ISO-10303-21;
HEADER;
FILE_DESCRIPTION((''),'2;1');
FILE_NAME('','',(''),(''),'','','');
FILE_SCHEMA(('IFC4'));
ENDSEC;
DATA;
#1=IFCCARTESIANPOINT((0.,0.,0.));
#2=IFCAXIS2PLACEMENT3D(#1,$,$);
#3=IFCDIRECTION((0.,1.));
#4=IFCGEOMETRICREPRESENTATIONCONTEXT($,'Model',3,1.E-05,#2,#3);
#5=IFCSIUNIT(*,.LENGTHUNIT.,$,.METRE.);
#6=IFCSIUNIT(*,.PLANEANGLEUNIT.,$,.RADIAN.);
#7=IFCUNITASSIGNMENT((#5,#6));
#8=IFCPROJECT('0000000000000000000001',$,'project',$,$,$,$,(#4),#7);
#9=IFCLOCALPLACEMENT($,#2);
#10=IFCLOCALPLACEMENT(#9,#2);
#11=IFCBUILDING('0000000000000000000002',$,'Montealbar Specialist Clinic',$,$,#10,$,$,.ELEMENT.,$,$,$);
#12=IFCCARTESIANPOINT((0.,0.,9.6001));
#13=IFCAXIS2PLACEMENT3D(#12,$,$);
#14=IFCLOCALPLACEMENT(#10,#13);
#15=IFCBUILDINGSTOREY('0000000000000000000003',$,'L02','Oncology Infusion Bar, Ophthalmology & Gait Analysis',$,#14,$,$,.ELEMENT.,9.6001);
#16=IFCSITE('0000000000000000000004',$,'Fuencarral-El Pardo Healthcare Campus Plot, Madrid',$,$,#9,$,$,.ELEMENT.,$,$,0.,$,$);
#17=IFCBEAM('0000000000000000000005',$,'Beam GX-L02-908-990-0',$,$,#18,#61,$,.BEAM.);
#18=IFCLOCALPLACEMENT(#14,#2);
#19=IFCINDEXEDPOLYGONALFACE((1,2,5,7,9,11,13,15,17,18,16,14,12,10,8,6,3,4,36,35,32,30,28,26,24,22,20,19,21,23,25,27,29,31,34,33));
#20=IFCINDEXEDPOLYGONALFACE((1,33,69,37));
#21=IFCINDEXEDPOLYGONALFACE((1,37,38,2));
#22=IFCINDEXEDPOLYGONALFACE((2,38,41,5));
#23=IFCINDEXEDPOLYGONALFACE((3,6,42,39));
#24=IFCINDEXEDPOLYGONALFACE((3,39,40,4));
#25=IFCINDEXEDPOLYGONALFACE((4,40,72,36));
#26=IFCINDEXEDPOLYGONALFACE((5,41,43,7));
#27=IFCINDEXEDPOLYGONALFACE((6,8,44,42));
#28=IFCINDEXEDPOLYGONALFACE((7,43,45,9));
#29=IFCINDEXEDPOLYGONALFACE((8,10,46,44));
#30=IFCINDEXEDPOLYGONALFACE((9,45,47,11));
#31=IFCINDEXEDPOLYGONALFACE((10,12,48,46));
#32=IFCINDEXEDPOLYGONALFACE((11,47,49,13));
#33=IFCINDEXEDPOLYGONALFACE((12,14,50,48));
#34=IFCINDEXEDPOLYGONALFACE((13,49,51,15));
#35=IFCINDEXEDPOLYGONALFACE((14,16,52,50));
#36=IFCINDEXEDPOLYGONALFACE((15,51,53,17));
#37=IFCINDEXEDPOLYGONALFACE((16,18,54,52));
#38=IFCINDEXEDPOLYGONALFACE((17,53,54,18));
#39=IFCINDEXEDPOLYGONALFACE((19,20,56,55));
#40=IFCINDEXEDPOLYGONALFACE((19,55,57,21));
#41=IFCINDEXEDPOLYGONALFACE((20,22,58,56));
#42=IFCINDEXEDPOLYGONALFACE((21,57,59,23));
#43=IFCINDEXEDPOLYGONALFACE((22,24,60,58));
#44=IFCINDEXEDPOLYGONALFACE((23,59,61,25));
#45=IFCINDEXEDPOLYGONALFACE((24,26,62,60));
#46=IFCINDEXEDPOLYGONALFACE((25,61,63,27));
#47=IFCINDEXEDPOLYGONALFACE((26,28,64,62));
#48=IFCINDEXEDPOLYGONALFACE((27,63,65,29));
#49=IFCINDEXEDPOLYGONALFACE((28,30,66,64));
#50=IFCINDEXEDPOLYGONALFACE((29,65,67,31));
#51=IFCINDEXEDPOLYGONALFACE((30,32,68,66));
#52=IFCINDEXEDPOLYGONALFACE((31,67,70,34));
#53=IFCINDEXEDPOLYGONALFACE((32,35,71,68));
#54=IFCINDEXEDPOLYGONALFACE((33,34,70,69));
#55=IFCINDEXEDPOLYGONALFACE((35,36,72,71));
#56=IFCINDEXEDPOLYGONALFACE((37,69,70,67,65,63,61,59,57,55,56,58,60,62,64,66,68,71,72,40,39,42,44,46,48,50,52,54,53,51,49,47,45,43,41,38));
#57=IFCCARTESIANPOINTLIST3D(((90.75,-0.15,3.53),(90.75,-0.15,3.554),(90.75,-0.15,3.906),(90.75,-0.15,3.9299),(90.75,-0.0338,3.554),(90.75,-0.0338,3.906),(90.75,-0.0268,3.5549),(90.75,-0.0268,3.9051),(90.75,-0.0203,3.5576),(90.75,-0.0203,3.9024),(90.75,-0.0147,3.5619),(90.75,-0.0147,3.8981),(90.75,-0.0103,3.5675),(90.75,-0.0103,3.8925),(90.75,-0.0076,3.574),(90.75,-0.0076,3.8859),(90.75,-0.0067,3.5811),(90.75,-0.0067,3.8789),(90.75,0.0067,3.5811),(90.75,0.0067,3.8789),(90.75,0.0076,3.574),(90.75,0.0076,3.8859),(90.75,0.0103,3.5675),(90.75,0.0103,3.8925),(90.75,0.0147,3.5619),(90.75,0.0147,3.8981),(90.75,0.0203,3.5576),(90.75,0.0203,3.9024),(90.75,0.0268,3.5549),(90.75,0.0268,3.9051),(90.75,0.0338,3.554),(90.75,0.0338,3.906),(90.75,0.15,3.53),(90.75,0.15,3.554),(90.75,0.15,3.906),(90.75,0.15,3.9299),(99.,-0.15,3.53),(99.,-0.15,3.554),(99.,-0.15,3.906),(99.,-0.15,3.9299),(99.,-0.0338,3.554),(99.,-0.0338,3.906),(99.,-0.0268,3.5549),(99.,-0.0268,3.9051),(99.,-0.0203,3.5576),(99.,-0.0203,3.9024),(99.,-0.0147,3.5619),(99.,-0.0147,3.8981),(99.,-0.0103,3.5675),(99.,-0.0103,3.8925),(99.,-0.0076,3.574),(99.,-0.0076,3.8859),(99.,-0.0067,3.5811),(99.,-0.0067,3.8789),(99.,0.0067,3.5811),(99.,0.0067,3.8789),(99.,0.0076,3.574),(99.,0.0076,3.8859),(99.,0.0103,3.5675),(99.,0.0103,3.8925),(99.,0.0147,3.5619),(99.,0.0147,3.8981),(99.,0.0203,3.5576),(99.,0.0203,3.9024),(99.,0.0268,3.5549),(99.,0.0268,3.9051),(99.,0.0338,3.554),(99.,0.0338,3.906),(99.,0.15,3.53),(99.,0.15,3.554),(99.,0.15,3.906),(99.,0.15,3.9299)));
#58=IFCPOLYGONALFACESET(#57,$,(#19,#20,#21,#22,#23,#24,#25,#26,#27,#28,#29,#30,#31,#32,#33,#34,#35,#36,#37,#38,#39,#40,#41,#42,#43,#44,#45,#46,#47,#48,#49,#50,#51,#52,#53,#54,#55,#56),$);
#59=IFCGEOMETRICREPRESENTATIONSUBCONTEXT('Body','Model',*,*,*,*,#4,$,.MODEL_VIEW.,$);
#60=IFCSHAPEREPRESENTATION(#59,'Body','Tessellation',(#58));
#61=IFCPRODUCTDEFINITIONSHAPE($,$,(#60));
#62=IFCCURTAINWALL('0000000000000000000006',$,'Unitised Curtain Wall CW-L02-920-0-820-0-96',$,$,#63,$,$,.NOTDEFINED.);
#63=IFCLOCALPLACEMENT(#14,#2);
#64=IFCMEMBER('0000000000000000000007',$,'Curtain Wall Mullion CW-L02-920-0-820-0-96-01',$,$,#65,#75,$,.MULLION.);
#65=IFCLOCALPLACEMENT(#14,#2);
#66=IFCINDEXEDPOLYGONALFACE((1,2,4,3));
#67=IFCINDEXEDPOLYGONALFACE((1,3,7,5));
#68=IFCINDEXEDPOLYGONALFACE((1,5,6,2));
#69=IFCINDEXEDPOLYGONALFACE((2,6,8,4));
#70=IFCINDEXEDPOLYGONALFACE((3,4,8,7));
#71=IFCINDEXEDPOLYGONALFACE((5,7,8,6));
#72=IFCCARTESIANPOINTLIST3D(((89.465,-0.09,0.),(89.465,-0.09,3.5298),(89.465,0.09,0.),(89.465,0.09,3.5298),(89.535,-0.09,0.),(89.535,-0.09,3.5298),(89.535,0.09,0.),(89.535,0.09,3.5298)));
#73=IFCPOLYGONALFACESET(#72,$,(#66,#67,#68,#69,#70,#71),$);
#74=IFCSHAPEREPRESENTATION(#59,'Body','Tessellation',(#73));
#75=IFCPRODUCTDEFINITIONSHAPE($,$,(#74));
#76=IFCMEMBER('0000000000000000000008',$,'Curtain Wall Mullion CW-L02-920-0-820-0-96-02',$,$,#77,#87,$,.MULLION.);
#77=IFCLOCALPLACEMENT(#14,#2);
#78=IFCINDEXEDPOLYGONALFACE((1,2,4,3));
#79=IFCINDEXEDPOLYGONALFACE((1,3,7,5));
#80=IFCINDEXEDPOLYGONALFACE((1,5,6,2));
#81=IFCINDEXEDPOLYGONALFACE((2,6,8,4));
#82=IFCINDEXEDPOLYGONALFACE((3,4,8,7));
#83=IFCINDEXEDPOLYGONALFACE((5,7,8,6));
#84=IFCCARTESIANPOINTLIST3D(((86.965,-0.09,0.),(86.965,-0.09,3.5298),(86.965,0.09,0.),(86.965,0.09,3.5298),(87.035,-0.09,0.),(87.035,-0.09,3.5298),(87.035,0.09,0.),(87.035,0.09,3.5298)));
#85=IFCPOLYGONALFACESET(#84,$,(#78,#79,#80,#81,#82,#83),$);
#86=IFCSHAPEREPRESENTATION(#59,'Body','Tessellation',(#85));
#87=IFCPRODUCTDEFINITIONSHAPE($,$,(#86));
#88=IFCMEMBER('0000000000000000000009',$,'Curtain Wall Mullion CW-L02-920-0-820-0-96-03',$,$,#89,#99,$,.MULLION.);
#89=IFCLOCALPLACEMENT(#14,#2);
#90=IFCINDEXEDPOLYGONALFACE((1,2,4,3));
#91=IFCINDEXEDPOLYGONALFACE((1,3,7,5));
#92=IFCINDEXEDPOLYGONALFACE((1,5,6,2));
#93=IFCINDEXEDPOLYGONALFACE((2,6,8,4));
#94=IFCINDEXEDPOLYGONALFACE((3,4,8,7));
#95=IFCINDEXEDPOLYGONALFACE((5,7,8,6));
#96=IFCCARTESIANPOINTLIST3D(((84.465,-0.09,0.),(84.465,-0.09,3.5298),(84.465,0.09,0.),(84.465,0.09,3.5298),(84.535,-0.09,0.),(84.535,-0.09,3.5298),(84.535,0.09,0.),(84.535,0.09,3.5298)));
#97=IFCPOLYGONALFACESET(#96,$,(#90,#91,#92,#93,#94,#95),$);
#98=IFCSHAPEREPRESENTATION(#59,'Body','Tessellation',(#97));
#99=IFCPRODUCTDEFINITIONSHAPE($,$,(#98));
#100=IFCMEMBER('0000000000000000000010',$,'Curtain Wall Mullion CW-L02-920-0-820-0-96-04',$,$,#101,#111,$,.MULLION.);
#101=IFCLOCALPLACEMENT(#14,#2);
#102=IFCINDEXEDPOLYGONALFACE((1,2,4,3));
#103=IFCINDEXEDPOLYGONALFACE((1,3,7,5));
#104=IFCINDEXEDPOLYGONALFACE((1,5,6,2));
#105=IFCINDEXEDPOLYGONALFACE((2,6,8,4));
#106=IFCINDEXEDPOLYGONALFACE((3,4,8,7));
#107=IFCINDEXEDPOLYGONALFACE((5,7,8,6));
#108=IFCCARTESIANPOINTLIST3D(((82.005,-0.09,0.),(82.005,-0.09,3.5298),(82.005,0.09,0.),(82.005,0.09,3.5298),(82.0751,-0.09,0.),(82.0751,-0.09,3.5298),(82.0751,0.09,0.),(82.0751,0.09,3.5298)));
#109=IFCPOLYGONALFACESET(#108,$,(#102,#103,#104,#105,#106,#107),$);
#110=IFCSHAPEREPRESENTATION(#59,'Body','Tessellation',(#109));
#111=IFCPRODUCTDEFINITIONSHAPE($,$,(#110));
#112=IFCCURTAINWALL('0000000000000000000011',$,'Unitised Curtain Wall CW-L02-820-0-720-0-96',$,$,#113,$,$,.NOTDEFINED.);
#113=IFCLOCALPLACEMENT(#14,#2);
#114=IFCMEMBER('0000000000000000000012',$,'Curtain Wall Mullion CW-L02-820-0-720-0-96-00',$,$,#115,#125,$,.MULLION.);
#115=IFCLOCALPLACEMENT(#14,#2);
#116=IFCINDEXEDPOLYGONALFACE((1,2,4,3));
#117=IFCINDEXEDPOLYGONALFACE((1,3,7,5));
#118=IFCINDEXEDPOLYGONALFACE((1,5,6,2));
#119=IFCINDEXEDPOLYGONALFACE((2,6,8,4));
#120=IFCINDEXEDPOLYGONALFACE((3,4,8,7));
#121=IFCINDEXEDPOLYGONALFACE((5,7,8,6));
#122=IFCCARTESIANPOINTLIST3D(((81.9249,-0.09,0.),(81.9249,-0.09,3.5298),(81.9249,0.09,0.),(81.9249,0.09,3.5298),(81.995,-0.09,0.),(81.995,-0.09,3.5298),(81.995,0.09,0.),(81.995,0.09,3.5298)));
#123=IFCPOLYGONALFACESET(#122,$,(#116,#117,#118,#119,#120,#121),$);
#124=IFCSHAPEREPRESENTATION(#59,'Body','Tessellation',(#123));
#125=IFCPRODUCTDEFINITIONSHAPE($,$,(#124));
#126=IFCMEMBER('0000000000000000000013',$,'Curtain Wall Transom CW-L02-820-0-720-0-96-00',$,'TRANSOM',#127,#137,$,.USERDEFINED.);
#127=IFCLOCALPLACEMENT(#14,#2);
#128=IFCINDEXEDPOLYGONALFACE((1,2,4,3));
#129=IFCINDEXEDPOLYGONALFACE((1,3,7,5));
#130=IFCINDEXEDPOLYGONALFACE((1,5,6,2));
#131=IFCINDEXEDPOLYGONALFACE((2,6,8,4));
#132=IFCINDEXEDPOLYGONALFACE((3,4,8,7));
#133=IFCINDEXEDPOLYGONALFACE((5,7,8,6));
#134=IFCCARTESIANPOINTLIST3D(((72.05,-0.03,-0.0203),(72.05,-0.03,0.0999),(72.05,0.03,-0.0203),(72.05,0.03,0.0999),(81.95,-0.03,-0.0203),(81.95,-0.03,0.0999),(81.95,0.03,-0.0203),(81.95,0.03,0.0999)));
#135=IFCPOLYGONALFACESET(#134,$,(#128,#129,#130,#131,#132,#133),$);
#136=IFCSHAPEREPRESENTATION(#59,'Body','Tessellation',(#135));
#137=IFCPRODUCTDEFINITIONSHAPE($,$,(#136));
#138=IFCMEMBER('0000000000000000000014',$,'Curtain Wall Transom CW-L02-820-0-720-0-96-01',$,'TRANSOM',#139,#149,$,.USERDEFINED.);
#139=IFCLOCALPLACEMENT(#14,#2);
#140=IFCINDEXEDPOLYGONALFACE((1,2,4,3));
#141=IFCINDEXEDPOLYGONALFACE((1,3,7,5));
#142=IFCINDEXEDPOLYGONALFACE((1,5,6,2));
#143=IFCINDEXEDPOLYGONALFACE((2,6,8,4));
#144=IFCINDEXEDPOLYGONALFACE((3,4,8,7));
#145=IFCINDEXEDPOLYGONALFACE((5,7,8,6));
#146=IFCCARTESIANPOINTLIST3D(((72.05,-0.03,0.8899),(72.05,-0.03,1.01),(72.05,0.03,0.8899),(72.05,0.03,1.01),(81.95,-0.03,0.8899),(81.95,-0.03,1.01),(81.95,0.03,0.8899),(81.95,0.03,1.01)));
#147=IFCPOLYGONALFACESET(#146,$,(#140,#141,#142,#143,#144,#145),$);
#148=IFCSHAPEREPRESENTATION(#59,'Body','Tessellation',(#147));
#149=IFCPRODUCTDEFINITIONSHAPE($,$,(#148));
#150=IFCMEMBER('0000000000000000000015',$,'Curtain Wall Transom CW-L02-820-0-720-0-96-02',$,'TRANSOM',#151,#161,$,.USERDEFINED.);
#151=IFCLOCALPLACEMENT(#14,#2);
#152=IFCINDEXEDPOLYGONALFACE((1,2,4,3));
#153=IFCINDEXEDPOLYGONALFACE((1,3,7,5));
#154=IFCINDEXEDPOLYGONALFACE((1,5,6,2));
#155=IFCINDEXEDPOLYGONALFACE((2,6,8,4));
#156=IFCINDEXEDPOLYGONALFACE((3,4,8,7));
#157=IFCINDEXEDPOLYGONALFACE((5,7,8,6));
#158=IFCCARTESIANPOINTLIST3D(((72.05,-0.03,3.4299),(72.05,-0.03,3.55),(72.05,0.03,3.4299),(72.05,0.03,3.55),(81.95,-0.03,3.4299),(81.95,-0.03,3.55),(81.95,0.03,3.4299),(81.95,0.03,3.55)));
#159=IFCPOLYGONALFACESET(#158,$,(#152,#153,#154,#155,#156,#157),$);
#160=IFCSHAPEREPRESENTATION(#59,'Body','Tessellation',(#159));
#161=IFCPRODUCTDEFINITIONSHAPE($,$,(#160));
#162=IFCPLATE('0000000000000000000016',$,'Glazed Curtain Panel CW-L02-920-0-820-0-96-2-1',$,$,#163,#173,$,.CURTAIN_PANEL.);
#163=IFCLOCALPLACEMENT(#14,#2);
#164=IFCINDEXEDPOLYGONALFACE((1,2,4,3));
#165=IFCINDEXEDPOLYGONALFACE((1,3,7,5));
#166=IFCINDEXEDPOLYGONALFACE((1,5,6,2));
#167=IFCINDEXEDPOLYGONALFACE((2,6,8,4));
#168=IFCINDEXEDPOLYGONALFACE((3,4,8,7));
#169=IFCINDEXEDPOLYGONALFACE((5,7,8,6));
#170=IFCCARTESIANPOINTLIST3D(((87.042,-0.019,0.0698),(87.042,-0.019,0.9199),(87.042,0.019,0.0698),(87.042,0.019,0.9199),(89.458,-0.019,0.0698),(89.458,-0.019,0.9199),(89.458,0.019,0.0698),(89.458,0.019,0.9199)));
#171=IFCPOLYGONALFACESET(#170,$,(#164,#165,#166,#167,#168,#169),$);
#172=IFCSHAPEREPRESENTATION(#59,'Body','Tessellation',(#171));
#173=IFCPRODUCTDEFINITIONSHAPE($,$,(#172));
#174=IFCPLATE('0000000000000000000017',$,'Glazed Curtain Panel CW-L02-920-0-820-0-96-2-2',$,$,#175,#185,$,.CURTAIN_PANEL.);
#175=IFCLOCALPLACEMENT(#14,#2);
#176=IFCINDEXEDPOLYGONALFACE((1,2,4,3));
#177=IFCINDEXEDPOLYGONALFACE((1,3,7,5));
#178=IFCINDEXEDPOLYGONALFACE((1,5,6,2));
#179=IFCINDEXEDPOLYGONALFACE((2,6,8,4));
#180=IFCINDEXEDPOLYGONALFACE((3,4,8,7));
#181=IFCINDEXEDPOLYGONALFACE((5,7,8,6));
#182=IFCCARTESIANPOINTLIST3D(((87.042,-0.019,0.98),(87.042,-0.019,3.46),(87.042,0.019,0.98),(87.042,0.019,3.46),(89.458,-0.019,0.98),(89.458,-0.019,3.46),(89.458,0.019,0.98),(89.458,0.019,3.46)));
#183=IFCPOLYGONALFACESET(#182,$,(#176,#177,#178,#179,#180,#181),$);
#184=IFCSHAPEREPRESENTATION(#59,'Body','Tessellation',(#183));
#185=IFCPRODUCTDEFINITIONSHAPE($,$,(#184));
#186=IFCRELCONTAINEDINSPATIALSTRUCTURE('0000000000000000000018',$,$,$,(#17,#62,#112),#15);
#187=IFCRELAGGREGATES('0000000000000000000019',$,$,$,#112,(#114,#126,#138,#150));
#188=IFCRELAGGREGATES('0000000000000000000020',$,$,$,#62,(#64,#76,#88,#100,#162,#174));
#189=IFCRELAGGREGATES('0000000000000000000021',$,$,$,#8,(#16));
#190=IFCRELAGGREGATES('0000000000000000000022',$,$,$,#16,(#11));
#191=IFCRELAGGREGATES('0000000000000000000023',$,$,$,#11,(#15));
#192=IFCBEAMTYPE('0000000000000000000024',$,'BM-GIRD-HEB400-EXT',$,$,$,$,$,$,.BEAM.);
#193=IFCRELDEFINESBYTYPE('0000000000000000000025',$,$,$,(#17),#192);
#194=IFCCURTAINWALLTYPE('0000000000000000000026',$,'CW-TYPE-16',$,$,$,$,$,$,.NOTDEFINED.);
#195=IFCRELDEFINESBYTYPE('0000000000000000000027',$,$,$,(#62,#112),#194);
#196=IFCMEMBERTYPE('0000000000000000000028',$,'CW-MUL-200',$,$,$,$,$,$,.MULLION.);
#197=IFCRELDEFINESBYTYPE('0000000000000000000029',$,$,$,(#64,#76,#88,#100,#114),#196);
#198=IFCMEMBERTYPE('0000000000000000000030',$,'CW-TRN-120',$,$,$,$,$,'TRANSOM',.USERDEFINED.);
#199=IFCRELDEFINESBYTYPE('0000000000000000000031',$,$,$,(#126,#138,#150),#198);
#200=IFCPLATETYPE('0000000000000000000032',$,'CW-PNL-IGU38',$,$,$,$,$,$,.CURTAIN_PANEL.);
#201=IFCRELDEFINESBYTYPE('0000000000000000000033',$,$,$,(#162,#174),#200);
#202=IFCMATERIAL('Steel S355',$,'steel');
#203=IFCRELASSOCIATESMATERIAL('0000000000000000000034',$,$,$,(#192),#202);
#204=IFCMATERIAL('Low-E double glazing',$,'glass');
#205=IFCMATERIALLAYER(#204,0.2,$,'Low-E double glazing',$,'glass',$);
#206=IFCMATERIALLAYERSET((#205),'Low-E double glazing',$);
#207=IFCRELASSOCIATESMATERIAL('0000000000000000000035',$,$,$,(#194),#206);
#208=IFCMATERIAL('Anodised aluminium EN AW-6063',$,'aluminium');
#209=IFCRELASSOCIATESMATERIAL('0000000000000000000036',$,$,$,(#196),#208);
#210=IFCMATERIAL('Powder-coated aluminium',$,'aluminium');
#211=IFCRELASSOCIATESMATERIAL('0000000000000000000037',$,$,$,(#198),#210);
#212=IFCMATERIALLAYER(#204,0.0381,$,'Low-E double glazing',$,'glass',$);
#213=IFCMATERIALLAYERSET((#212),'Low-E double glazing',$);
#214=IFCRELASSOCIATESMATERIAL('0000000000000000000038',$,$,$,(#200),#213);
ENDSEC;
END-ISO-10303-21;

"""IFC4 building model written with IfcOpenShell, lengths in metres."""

from ifc_helpers import new_model, si_unit, direction, frame, origin, origin_2d, place, context, subcontext, project, spatial, rectangle, i_section, extrude, material, layer, layer_set, material_profile, profile_set, type_object, element, aggregate, save


model = new_model("IFC4")

# Units and contexts
model_context = context("Model", 3, precision=1e-05, world=origin(), true_north=direction((0.0, 1.0)))
body_context = subcontext(model_context, "Body", "Model", "MODEL_VIEW")
ifc_project = project(units=[si_unit("LENGTHUNIT", "METRE"), si_unit("PLANEANGLEUNIT", "RADIAN")], contexts=[model_context])

# Site, building, storey
site_placement = place(None, origin())
site = spatial("IfcSite", under=ifc_project, at=site_placement, Name="Fuencarral-El Pardo Healthcare Campus Plot, Madrid", CompositionType="ELEMENT", RefElevation=0.0)
building_placement = place(site_placement, origin())
building = spatial("IfcBuilding", under=site, at=building_placement, Name="Montealbar Specialist Clinic", CompositionType="ELEMENT")
storey_placement = place(building_placement, frame((0.0, 0.0, 9.6001)))
storey = spatial("IfcBuildingStorey", under=building, at=storey_placement, Name="L02", Description="Oncology Infusion Bar, Ophthalmology & Gait Analysis", CompositionType="ELEMENT", Elevation=9.6001)

# Shared definitions
ifc_material_1 = material(Name="Steel S355", Category="steel")

# Beam
ifc_material_profile_1 = material_profile(ifc_material_1, i_section(OverallWidth=0.3, OverallDepth=0.3999, WebThickness=0.0134, FlangeThickness=0.0239, FilletRadius=0.0271, at=origin_2d()), Name="HEB 400", Category="steel")
ifc_profile_set_1 = profile_set([ifc_material_profile_1], Name="Steel S355")
beam_type_1 = type_object("IfcBeamType", Name="BM-GIRD-HEB400-EXT", PredefinedType="BEAM", material=ifc_profile_set_1)
for number, where, z_axis, x_axis, name in (
    (1, (90.75, 0.0, 3.73), (1.0, 0.0, 0.0), (0.0, 1.0, 0.0), "Beam GX-L02-908-990-0"),
):
    element("IfcBeam", number, at=place(storey_placement, frame(where, z_axis=z_axis, x_axis=x_axis)), inside=storey, type_object=beam_type_1, Name=name, PredefinedType="BEAM", context=body_context, shape_type="SweptSolid", body=[
        extrude(i_section(OverallWidth=0.3, OverallDepth=0.3999, WebThickness=0.0134, FlangeThickness=0.0239, FilletRadius=0.0271, at=origin_2d()), origin(), (0.0, 0.0, 1.0), 8.25),
    ])

# Curtain walls, members
ifc_material_2 = material(Name="Low-E double glazing", Category="glass")
ifc_layer_1 = layer(ifc_material_2, 0.2, Name="Low-E double glazing", Category="glass")
ifc_layer_set_1 = layer_set([ifc_layer_1], Name="Low-E double glazing")
curtain_wall_type = type_object("IfcCurtainWallType", Name="CW-TYPE-16", PredefinedType="NOTDEFINED", material=ifc_layer_set_1)
curtain_wall_1_placement = place(storey_placement, origin())
curtain_wall_1 = element("IfcCurtainWall", 2, at=curtain_wall_1_placement, inside=storey, type_object=curtain_wall_type, Name="Unitised Curtain Wall CW-L02-920-0-820-0-96", PredefinedType="NOTDEFINED")
ifc_material_3 = material(Name="Anodised aluminium EN AW-6063", Category="aluminium")
ifc_material_profile_2 = material_profile(ifc_material_3, rectangle(XDim=0.0701, YDim=0.1799, at=origin_2d()), Name="ALU 70x180", Category="aluminium")
ifc_profile_set_2 = profile_set([ifc_material_profile_2], Name="Anodised aluminium EN AW-6063")
member_type_1 = type_object("IfcMemberType", Name="CW-MUL-200", PredefinedType="MULLION", material=ifc_profile_set_2)
member_1_placement = place(storey_placement, frame((89.5, 0.0, 0.0), z_axis=(0.0, 0.0, 1.0), x_axis=(-1.0, 0.0, 0.0)))
member_1 = element("IfcMember", 3, at=member_1_placement, type_object=member_type_1, Name="Curtain Wall Mullion CW-L02-920-0-820-0-96-01", PredefinedType="MULLION", context=body_context, shape_type="SweptSolid", body=[
    extrude(rectangle(XDim=0.0701, YDim=0.1799, at=origin_2d()), origin(), (0.0, 0.0, 1.0), 3.5298),
])
member_2_placement = place(storey_placement, frame((87.0, 0.0, 0.0), z_axis=(0.0, 0.0, 1.0), x_axis=(-1.0, 0.0, 0.0)))
member_2 = element("IfcMember", 4, at=member_2_placement, type_object=member_type_1, Name="Curtain Wall Mullion CW-L02-920-0-820-0-96-02", PredefinedType="MULLION", context=body_context, shape_type="SweptSolid", body=[
    extrude(rectangle(XDim=0.0701, YDim=0.1799, at=origin_2d()), origin(), (0.0, 0.0, 1.0), 3.5298),
])
member_3_placement = place(storey_placement, frame((84.5, 0.0, 0.0), z_axis=(0.0, 0.0, 1.0), x_axis=(-1.0, 0.0, 0.0)))
member_3 = element("IfcMember", 5, at=member_3_placement, type_object=member_type_1, Name="Curtain Wall Mullion CW-L02-920-0-820-0-96-03", PredefinedType="MULLION", context=body_context, shape_type="SweptSolid", body=[
    extrude(rectangle(XDim=0.0701, YDim=0.1799, at=origin_2d()), origin(), (0.0, 0.0, 1.0), 3.5298),
])
member_4_placement = place(storey_placement, frame((82.04, 0.0, 0.0), z_axis=(0.0, 0.0, 1.0), x_axis=(-1.0, 0.0, 0.0)))
member_4 = element("IfcMember", 6, at=member_4_placement, type_object=member_type_1, Name="Curtain Wall Mullion CW-L02-920-0-820-0-96-04", PredefinedType="MULLION", context=body_context, shape_type="SweptSolid", body=[
    extrude(rectangle(XDim=0.0701, YDim=0.1799, at=origin_2d()), origin(), (0.0, 0.0, 1.0), 3.5298),
])
curtain_wall_2_placement = place(storey_placement, origin())
curtain_wall_2 = element("IfcCurtainWall", 7, at=curtain_wall_2_placement, inside=storey, type_object=curtain_wall_type, Name="Unitised Curtain Wall CW-L02-820-0-720-0-96", PredefinedType="NOTDEFINED")
member_5_placement = place(storey_placement, frame((81.96, 0.0, 0.0), z_axis=(0.0, 0.0, 1.0), x_axis=(-1.0, 0.0, 0.0)))
member_5 = element("IfcMember", 8, at=member_5_placement, type_object=member_type_1, Name="Curtain Wall Mullion CW-L02-820-0-720-0-96-00", PredefinedType="MULLION", context=body_context, shape_type="SweptSolid", body=[
    extrude(rectangle(XDim=0.0701, YDim=0.1799, at=origin_2d()), origin(), (0.0, 0.0, 1.0), 3.5298),
])
ifc_material_4 = material(Name="Powder-coated aluminium", Category="aluminium")
ifc_material_profile_3 = material_profile(ifc_material_4, rectangle(XDim=0.0601, YDim=0.1201, at=origin_2d()), Name="ALU 60x120", Category="aluminium")
ifc_profile_set_3 = profile_set([ifc_material_profile_3], Name="Powder-coated aluminium")
member_type_2 = type_object("IfcMemberType", Name="CW-TRN-120", ElementType="TRANSOM", PredefinedType="USERDEFINED", material=ifc_profile_set_3)
member_6_placement = place(storey_placement, frame((81.95, 0.0, 0.0398), z_axis=(-1.0, 0.0, 0.0), x_axis=(0.0, -1.0, 0.0)))
member_6 = element("IfcMember", 9, at=member_6_placement, type_object=member_type_2, Name="Curtain Wall Transom CW-L02-820-0-720-0-96-00", ObjectType="TRANSOM", PredefinedType="USERDEFINED", context=body_context, shape_type="SweptSolid", body=[
    extrude(rectangle(XDim=0.0601, YDim=0.1201, at=origin_2d()), origin(), (0.0, 0.0, 1.0), 9.8999),
])
member_7_placement = place(storey_placement, frame((81.95, 0.0, 0.95), z_axis=(-1.0, 0.0, 0.0), x_axis=(0.0, -1.0, 0.0)))
member_7 = element("IfcMember", 10, at=member_7_placement, type_object=member_type_2, Name="Curtain Wall Transom CW-L02-820-0-720-0-96-01", ObjectType="TRANSOM", PredefinedType="USERDEFINED", context=body_context, shape_type="SweptSolid", body=[
    extrude(rectangle(XDim=0.0601, YDim=0.1201, at=origin_2d()), origin(), (0.0, 0.0, 1.0), 9.8999),
])
member_8_placement = place(storey_placement, frame((81.95, 0.0, 3.49), z_axis=(-1.0, 0.0, 0.0), x_axis=(0.0, -1.0, 0.0)))
member_8 = element("IfcMember", 11, at=member_8_placement, type_object=member_type_2, Name="Curtain Wall Transom CW-L02-820-0-720-0-96-02", ObjectType="TRANSOM", PredefinedType="USERDEFINED", context=body_context, shape_type="SweptSolid", body=[
    extrude(rectangle(XDim=0.0601, YDim=0.1201, at=origin_2d()), origin(), (0.0, 0.0, 1.0), 9.8999),
])
aggregate(curtain_wall_2, [member_5, member_6, member_7, member_8])

# Plates
ifc_layer_2 = layer(ifc_material_2, 0.0381, Name="Low-E double glazing", Category="glass")
ifc_layer_set_2 = layer_set([ifc_layer_2], Name="Low-E double glazing")
plate_type = type_object("IfcPlateType", Name="CW-PNL-IGU38", PredefinedType="CURTAIN_PANEL", material=ifc_layer_set_2)
plate_1_placement = place(storey_placement, frame((88.25, 0.0, 0.0698), z_axis=(0.0, 0.0, 1.0), x_axis=(-1.0, 0.0, 0.0)))
plate_1 = element("IfcPlate", 12, at=plate_1_placement, type_object=plate_type, Name="Glazed Curtain Panel CW-L02-920-0-820-0-96-2-1", PredefinedType="CURTAIN_PANEL", context=body_context, shape_type="SweptSolid", body=[
    extrude(rectangle(XDim=2.416, YDim=0.0381, at=origin_2d()), origin(), (0.0, 0.0, 1.0), 0.8501),
])
plate_2_placement = place(storey_placement, frame((88.25, 0.0, 0.98), z_axis=(0.0, 0.0, 1.0), x_axis=(-1.0, 0.0, 0.0)))
plate_2 = element("IfcPlate", 13, at=plate_2_placement, type_object=plate_type, Name="Glazed Curtain Panel CW-L02-920-0-820-0-96-2-2", PredefinedType="CURTAIN_PANEL", context=body_context, shape_type="SweptSolid", body=[
    extrude(rectangle(XDim=2.416, YDim=0.0381, at=origin_2d()), origin(), (0.0, 0.0, 1.0), 2.48),
])
aggregate(curtain_wall_1, [member_1, member_2, member_3, member_4, plate_1, plate_2])

save(model, "model.ifc")
